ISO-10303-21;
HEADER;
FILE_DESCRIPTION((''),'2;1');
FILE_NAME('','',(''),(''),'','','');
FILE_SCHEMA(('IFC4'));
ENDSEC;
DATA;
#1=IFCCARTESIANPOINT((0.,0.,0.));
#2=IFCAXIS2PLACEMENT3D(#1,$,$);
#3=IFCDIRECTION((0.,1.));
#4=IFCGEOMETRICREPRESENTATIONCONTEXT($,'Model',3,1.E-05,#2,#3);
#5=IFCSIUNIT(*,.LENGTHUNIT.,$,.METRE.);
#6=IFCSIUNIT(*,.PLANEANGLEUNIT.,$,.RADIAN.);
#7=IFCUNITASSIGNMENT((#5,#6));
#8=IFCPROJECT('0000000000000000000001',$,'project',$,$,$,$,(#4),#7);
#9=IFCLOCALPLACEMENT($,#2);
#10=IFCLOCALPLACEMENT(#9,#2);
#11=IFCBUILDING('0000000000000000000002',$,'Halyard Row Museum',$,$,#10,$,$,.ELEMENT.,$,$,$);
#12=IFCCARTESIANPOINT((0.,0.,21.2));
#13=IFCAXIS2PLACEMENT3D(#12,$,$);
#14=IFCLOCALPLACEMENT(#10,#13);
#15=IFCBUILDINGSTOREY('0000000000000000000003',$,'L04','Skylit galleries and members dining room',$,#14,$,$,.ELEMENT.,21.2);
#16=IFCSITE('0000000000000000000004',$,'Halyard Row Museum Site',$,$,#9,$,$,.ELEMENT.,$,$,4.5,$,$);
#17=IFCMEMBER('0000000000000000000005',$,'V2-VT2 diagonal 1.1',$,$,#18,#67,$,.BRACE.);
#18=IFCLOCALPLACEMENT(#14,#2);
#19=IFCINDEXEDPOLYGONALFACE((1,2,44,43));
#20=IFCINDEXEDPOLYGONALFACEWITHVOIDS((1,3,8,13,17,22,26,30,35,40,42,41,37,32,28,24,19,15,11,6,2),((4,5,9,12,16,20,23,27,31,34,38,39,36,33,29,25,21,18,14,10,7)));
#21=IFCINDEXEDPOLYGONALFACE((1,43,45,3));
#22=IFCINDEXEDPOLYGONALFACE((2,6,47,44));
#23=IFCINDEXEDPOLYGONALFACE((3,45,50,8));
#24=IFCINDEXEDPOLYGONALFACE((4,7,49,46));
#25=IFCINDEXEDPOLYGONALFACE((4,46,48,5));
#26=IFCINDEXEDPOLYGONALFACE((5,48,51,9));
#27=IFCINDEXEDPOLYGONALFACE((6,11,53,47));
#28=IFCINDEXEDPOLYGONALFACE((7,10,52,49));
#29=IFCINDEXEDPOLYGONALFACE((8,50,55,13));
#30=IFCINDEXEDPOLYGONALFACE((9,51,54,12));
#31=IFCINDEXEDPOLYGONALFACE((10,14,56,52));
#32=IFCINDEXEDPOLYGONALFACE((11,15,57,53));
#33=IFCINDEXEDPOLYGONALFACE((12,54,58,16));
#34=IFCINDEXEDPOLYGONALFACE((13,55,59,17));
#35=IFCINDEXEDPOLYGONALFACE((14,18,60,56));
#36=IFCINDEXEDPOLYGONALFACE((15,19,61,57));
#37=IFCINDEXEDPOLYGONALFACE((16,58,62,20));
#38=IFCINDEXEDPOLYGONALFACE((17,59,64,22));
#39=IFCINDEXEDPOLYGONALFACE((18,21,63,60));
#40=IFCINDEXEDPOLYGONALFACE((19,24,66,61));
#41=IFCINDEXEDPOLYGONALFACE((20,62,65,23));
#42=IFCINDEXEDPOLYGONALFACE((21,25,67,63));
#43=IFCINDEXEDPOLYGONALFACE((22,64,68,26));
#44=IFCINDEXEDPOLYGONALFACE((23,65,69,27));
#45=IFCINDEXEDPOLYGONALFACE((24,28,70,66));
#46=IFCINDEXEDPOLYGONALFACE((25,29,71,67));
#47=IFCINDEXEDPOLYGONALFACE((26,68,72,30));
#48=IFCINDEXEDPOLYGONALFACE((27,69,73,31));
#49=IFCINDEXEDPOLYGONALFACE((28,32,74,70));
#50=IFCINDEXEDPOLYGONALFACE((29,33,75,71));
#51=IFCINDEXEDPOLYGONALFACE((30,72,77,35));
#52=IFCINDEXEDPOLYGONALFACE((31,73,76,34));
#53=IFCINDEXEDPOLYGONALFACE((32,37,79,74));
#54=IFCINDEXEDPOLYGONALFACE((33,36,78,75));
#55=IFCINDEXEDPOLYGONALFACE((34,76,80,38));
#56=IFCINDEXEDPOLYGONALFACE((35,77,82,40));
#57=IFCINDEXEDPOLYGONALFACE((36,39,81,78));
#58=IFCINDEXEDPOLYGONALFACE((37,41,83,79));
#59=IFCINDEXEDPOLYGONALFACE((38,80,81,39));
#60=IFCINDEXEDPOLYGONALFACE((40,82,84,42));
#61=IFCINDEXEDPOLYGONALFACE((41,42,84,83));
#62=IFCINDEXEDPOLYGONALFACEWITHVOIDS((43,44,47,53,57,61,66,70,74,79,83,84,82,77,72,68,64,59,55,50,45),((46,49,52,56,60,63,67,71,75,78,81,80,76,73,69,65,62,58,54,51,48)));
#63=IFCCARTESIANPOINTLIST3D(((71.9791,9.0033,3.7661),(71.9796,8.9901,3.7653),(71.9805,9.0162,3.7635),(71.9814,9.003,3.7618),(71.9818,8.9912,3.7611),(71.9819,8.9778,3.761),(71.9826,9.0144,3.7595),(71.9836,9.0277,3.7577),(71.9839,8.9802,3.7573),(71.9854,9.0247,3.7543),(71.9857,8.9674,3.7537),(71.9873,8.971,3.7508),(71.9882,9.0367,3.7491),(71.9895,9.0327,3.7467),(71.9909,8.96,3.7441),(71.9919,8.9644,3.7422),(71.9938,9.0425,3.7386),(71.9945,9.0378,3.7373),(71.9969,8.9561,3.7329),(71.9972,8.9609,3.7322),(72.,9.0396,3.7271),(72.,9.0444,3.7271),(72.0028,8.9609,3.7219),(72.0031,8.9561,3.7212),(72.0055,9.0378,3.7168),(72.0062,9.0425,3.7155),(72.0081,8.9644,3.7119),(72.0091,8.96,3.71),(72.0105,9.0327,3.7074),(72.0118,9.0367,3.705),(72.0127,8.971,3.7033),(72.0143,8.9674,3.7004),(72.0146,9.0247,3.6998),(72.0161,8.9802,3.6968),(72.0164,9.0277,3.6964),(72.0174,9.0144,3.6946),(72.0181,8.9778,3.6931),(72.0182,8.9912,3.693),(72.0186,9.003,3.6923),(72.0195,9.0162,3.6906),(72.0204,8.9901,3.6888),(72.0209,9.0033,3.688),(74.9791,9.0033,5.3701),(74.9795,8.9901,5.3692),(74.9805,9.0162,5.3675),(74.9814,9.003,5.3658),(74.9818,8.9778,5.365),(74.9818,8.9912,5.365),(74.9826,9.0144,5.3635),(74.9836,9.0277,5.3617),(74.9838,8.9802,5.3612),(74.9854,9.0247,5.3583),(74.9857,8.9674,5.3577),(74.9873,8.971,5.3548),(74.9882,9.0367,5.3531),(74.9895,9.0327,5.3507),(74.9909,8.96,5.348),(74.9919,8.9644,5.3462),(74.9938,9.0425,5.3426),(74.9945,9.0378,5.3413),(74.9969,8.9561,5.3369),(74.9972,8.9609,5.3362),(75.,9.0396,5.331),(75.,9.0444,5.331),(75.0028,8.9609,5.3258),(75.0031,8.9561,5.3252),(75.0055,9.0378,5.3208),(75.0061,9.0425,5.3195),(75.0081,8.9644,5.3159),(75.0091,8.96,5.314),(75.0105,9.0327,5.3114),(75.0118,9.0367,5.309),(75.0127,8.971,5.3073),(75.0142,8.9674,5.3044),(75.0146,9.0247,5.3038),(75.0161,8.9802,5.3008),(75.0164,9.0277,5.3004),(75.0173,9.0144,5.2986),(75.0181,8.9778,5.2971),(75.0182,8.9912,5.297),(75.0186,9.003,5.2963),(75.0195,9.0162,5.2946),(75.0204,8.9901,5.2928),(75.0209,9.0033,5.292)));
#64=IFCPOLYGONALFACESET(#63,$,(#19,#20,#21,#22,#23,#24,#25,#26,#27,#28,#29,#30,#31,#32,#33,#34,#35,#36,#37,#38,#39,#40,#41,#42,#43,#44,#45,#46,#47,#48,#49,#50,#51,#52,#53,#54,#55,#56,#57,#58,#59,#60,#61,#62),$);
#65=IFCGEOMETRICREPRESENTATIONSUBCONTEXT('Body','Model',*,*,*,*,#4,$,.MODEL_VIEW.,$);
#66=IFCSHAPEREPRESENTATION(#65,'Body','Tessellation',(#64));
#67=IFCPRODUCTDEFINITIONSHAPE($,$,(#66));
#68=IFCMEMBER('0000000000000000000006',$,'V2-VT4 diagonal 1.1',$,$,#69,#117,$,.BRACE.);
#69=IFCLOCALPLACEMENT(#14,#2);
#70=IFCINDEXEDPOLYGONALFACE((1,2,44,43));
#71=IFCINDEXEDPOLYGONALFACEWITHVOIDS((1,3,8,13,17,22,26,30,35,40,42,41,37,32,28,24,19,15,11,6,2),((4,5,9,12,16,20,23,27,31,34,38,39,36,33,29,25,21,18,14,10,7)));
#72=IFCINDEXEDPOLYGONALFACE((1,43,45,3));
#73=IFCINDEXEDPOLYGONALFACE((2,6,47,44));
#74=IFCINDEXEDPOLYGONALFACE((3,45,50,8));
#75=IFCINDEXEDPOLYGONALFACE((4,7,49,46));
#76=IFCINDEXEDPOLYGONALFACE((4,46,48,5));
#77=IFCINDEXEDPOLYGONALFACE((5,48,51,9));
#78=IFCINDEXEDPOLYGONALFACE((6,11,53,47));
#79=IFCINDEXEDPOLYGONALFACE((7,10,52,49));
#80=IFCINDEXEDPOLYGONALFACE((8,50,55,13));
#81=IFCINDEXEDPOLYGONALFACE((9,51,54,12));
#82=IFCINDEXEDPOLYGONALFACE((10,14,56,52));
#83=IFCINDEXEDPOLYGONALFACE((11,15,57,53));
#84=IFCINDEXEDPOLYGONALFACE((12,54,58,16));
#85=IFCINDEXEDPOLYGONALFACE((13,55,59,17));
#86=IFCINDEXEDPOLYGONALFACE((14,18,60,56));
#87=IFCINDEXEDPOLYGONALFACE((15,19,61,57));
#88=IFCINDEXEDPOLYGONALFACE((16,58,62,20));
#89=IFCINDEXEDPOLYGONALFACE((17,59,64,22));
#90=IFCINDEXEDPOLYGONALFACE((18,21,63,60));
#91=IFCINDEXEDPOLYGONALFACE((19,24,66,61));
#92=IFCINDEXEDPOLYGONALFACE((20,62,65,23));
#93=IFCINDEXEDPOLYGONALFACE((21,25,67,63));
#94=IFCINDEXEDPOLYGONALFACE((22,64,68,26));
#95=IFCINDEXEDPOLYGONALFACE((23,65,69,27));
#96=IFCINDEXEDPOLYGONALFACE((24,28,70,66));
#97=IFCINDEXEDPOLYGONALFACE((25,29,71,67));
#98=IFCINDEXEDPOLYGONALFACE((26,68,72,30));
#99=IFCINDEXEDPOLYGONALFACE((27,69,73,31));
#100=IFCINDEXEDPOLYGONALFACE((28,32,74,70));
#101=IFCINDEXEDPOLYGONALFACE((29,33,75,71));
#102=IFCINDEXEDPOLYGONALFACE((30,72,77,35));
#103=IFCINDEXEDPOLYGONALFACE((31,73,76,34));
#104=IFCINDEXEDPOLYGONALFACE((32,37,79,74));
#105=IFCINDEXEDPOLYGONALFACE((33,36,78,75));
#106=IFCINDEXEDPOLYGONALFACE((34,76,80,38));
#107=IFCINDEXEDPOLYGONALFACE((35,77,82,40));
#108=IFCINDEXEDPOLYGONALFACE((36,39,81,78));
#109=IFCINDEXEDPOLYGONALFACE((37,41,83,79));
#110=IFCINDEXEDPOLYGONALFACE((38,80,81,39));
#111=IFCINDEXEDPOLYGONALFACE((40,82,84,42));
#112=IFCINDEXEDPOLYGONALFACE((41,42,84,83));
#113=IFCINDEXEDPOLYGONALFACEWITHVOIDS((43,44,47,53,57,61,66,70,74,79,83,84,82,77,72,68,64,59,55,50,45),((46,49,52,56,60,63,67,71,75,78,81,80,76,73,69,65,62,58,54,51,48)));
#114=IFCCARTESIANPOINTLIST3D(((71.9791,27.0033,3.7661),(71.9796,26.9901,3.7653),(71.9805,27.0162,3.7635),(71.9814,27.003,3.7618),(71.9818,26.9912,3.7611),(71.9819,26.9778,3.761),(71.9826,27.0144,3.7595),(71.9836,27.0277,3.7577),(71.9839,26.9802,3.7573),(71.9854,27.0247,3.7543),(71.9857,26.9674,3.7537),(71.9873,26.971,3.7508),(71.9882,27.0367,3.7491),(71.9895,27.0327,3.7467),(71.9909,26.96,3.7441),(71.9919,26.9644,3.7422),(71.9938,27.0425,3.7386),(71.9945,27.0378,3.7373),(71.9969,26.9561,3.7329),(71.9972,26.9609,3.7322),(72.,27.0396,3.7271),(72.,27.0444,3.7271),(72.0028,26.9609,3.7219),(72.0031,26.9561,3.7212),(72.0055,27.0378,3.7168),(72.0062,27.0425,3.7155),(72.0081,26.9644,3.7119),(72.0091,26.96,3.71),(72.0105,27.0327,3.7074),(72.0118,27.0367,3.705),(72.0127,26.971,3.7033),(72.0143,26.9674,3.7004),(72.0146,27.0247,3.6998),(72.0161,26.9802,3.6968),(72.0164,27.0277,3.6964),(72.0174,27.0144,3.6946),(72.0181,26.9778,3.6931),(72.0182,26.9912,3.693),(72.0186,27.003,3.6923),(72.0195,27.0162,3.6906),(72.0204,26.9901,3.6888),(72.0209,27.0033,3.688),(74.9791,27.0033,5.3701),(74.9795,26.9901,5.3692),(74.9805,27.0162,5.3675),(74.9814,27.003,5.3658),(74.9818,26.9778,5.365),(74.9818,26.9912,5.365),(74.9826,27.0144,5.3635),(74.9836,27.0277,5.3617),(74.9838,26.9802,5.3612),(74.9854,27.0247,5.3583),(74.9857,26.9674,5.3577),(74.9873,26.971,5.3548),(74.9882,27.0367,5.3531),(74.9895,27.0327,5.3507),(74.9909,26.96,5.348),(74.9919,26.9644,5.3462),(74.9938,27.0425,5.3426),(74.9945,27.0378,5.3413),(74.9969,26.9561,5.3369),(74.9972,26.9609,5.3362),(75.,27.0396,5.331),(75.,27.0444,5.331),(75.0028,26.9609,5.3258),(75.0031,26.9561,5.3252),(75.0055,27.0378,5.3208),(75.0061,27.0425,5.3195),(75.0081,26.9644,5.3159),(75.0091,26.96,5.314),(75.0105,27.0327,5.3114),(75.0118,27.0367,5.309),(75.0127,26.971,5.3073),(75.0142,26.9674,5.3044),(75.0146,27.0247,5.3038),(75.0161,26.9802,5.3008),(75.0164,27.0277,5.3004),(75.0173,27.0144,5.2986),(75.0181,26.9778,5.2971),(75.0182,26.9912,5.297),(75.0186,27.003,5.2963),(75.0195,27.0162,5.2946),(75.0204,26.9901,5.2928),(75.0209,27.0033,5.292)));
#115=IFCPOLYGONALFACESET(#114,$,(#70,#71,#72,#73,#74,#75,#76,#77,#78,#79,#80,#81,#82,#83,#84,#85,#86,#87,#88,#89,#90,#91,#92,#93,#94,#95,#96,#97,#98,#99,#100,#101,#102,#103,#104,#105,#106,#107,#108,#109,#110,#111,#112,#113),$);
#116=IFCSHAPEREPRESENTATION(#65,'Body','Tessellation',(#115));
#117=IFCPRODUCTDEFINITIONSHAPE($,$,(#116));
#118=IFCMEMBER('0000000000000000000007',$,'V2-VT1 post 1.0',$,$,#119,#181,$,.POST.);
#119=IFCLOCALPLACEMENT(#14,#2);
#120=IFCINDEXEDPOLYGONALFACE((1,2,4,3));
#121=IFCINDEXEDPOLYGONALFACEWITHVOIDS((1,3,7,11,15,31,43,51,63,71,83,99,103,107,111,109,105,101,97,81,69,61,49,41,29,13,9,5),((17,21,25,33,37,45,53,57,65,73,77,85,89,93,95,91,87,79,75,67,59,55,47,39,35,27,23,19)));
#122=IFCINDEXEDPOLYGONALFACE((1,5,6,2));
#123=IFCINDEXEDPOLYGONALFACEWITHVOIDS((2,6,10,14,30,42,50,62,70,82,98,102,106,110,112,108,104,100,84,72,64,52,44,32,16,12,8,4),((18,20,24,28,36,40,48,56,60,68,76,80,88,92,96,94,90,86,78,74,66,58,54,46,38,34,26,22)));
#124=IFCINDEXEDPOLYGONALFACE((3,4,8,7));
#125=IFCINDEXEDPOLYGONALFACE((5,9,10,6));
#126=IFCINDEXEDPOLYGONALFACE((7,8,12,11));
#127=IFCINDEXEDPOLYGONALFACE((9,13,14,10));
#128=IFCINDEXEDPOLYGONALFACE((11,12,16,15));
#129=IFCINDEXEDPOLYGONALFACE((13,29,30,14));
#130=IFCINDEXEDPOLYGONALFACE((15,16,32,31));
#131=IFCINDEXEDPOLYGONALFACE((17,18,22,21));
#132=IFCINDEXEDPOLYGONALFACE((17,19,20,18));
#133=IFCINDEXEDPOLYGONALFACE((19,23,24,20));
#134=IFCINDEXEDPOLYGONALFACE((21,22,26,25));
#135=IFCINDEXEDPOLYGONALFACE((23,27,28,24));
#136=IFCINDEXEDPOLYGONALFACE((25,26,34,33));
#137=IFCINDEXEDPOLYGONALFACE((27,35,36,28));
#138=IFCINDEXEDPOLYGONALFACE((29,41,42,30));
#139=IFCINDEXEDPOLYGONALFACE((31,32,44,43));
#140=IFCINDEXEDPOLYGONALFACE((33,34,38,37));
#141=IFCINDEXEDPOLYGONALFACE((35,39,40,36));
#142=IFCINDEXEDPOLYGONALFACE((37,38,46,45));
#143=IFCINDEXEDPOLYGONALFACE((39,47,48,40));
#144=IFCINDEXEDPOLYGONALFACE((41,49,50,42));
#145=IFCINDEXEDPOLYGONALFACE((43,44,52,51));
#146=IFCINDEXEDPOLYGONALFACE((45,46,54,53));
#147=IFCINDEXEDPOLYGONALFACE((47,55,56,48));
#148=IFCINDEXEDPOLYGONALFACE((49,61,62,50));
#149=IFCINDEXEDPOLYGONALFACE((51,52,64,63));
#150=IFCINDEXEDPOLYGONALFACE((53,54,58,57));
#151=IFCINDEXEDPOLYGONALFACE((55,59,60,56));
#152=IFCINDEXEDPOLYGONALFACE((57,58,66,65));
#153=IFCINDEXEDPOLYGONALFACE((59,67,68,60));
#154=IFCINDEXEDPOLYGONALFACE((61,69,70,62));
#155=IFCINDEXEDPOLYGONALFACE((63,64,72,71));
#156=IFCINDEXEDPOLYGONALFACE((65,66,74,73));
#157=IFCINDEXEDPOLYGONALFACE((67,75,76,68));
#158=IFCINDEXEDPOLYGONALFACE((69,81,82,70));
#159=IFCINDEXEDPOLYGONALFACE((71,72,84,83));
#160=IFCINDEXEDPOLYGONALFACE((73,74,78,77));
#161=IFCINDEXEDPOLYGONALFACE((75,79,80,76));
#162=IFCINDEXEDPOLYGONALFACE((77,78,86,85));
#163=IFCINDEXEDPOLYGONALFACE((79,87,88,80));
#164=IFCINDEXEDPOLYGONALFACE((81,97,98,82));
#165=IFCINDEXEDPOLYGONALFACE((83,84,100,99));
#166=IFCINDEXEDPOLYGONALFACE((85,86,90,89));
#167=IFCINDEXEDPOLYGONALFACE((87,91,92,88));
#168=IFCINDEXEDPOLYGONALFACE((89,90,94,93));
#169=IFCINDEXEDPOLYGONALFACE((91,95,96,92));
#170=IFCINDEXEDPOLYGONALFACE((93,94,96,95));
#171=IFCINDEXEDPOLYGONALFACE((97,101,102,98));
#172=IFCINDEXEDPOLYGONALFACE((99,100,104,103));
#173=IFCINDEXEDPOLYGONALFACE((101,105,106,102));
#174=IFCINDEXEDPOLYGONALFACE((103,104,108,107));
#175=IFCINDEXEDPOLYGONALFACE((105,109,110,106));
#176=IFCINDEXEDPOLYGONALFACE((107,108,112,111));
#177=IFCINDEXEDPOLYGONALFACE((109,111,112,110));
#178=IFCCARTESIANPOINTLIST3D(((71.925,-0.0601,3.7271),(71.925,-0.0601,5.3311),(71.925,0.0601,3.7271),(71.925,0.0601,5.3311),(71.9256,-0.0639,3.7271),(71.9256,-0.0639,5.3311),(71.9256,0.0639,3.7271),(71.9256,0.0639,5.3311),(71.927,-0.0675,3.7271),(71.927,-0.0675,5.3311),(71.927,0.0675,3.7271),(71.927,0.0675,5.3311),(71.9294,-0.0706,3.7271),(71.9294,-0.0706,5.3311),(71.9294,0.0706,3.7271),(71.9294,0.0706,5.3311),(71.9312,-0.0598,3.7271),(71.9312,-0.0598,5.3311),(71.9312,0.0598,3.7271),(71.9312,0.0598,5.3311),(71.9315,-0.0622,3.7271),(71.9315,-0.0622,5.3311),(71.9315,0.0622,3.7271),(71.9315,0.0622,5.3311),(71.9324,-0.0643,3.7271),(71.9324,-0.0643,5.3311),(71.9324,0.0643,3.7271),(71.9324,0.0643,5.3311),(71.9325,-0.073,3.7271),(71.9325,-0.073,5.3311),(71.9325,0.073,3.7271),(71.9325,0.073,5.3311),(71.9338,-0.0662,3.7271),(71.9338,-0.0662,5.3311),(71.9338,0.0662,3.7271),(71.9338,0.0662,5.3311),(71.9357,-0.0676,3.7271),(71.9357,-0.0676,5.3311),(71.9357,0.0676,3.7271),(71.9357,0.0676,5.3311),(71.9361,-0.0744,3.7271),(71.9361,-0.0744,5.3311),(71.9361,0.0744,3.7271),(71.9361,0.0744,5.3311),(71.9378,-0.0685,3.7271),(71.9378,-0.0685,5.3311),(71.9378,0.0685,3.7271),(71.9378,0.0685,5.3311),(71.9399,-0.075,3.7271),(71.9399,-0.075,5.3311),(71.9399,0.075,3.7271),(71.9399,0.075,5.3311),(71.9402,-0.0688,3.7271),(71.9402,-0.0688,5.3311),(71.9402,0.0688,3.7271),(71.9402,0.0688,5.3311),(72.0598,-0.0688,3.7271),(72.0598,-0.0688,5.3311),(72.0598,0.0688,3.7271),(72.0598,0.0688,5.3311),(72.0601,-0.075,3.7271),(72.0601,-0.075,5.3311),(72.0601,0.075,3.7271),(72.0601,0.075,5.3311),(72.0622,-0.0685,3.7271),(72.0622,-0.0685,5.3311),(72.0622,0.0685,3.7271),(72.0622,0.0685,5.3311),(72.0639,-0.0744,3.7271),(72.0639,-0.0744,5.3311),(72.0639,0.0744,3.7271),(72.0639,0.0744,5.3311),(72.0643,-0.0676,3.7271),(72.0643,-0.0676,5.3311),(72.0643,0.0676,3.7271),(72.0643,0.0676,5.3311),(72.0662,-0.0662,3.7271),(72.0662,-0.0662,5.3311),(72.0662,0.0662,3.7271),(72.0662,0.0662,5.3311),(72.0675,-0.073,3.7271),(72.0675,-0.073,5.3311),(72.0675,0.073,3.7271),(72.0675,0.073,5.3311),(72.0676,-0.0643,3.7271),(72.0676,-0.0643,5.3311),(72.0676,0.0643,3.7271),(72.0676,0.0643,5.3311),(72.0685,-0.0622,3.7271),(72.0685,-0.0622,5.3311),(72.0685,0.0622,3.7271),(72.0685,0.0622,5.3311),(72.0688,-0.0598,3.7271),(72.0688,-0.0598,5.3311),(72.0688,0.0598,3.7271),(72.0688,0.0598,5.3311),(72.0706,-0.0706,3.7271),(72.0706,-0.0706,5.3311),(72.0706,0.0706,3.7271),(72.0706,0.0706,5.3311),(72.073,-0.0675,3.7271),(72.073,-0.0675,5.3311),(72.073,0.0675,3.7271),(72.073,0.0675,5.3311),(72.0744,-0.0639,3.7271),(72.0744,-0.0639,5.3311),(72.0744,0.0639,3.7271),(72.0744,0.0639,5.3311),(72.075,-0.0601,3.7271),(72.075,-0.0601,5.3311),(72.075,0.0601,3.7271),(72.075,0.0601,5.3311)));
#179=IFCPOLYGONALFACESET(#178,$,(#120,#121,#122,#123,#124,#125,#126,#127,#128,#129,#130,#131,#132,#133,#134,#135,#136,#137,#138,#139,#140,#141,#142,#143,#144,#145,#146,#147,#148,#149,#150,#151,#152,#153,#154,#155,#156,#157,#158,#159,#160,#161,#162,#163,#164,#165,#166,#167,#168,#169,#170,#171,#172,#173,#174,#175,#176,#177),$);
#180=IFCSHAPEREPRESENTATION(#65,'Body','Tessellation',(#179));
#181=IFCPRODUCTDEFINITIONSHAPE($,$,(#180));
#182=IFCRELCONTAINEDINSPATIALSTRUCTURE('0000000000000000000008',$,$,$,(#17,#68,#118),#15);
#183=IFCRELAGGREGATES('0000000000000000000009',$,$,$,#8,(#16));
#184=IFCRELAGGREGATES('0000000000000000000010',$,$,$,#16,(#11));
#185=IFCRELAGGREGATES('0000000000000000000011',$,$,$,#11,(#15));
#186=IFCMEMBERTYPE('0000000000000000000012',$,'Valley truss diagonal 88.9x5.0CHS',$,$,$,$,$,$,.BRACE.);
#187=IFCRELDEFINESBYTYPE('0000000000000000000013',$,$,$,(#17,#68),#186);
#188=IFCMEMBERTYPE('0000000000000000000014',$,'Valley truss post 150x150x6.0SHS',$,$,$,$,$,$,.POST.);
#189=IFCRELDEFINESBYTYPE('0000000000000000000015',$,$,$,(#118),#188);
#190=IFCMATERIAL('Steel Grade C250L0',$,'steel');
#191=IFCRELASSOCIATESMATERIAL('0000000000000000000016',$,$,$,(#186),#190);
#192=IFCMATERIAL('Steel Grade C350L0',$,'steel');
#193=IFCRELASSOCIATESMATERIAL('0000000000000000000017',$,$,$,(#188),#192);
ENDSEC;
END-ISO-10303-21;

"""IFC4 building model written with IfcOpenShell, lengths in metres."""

from ifc_helpers import new_model, si_unit, direction, frame, origin, origin_2d, place, context, subcontext, project, spatial, hollow_rectangle, hollow_circle, extrude, material, material_profile, profile_set, type_object, element, save


model = new_model("IFC4")

# Units and contexts
model_context = context("Model", 3, precision=1e-05, world=origin(), true_north=direction((0.0, 1.0)))
body_context = subcontext(model_context, "Body", "Model", "MODEL_VIEW")
ifc_project = project(units=[si_unit("LENGTHUNIT", "METRE"), si_unit("PLANEANGLEUNIT", "RADIAN")], contexts=[model_context])

# Site, building, storey
site_placement = place(None, origin())
site = spatial("IfcSite", under=ifc_project, at=site_placement, Name="Halyard Row Museum Site", CompositionType="ELEMENT", RefElevation=4.5)
building_placement = place(site_placement, origin())
building = spatial("IfcBuilding", under=site, at=building_placement, Name="Halyard Row Museum", CompositionType="ELEMENT")
storey_placement = place(building_placement, frame((0.0, 0.0, 21.2)))
storey = spatial("IfcBuildingStorey", under=building, at=storey_placement, Name="L04", Description="Skylit galleries and members dining room", CompositionType="ELEMENT", Elevation=21.2)

# Members
ifc_material_1 = material(Name="Steel Grade C250L0", Category="steel")
ifc_material_profile_1 = material_profile(ifc_material_1, hollow_circle(Radius=0.0444, WallThickness=0.0049, at=origin_2d()), Name="88.9x5.0CHS")
ifc_profile_set_1 = profile_set([ifc_material_profile_1], Name="Steel Grade C250L0")
member_type_1 = type_object("IfcMemberType", Name="Valley truss diagonal 88.9x5.0CHS", PredefinedType="BRACE", material=ifc_profile_set_1)
for number, where, z_axis, x_axis, name in (
    (1, (72.0, 9.0, 3.7271), (0.881864, 0.0, 0.471504), (0.0, 1.0, 0.0), "V2-VT2 diagonal 1.1"),
    (2, (72.0, 27.0, 3.7271), (0.881864, 0.0, 0.471504), (0.0, 1.0, 0.0), "V2-VT4 diagonal 1.1"),
):
    element("IfcMember", number, at=place(storey_placement, frame(where, z_axis=z_axis, x_axis=x_axis)), inside=storey, type_object=member_type_1, Name=name, PredefinedType="BRACE", context=body_context, shape_type="SweptSolid", body=[
        extrude(hollow_circle(Radius=0.0444, WallThickness=0.0049, at=origin_2d()), origin(), (0.0, 0.0, 1.0), 3.4019),
    ])
ifc_material_2 = material(Name="Steel Grade C350L0", Category="steel")
ifc_material_profile_2 = material_profile(ifc_material_2, hollow_rectangle(XDim=0.1499, YDim=0.1499, WallThickness=0.0061, InnerFilletRadius=0.009, OuterFilletRadius=0.0149, at=origin_2d()), Name="150x150x6.0SHS")
ifc_profile_set_2 = profile_set([ifc_material_profile_2], Name="Steel Grade C350L0")
member_type_2 = type_object("IfcMemberType", Name="Valley truss post 150x150x6.0SHS", PredefinedType="POST", material=ifc_profile_set_2)
for number, where, z_axis, x_axis, name in (
    (3, (72.0, 0.0, 3.7271), (0.0, 0.0, 1.0), (1.0, 0.0, 0.0), "V2-VT1 post 1.0"),
):
    element("IfcMember", number, at=place(storey_placement, frame(where, z_axis=z_axis, x_axis=x_axis)), inside=storey, type_object=member_type_2, Name=name, PredefinedType="POST", context=body_context, shape_type="SweptSolid", body=[
        extrude(hollow_rectangle(XDim=0.1499, YDim=0.1499, WallThickness=0.0061, InnerFilletRadius=0.009, OuterFilletRadius=0.0149, at=origin_2d()), origin(), (0.0, 0.0, 1.0), 1.604),
    ])

save(model, "model.ifc")
